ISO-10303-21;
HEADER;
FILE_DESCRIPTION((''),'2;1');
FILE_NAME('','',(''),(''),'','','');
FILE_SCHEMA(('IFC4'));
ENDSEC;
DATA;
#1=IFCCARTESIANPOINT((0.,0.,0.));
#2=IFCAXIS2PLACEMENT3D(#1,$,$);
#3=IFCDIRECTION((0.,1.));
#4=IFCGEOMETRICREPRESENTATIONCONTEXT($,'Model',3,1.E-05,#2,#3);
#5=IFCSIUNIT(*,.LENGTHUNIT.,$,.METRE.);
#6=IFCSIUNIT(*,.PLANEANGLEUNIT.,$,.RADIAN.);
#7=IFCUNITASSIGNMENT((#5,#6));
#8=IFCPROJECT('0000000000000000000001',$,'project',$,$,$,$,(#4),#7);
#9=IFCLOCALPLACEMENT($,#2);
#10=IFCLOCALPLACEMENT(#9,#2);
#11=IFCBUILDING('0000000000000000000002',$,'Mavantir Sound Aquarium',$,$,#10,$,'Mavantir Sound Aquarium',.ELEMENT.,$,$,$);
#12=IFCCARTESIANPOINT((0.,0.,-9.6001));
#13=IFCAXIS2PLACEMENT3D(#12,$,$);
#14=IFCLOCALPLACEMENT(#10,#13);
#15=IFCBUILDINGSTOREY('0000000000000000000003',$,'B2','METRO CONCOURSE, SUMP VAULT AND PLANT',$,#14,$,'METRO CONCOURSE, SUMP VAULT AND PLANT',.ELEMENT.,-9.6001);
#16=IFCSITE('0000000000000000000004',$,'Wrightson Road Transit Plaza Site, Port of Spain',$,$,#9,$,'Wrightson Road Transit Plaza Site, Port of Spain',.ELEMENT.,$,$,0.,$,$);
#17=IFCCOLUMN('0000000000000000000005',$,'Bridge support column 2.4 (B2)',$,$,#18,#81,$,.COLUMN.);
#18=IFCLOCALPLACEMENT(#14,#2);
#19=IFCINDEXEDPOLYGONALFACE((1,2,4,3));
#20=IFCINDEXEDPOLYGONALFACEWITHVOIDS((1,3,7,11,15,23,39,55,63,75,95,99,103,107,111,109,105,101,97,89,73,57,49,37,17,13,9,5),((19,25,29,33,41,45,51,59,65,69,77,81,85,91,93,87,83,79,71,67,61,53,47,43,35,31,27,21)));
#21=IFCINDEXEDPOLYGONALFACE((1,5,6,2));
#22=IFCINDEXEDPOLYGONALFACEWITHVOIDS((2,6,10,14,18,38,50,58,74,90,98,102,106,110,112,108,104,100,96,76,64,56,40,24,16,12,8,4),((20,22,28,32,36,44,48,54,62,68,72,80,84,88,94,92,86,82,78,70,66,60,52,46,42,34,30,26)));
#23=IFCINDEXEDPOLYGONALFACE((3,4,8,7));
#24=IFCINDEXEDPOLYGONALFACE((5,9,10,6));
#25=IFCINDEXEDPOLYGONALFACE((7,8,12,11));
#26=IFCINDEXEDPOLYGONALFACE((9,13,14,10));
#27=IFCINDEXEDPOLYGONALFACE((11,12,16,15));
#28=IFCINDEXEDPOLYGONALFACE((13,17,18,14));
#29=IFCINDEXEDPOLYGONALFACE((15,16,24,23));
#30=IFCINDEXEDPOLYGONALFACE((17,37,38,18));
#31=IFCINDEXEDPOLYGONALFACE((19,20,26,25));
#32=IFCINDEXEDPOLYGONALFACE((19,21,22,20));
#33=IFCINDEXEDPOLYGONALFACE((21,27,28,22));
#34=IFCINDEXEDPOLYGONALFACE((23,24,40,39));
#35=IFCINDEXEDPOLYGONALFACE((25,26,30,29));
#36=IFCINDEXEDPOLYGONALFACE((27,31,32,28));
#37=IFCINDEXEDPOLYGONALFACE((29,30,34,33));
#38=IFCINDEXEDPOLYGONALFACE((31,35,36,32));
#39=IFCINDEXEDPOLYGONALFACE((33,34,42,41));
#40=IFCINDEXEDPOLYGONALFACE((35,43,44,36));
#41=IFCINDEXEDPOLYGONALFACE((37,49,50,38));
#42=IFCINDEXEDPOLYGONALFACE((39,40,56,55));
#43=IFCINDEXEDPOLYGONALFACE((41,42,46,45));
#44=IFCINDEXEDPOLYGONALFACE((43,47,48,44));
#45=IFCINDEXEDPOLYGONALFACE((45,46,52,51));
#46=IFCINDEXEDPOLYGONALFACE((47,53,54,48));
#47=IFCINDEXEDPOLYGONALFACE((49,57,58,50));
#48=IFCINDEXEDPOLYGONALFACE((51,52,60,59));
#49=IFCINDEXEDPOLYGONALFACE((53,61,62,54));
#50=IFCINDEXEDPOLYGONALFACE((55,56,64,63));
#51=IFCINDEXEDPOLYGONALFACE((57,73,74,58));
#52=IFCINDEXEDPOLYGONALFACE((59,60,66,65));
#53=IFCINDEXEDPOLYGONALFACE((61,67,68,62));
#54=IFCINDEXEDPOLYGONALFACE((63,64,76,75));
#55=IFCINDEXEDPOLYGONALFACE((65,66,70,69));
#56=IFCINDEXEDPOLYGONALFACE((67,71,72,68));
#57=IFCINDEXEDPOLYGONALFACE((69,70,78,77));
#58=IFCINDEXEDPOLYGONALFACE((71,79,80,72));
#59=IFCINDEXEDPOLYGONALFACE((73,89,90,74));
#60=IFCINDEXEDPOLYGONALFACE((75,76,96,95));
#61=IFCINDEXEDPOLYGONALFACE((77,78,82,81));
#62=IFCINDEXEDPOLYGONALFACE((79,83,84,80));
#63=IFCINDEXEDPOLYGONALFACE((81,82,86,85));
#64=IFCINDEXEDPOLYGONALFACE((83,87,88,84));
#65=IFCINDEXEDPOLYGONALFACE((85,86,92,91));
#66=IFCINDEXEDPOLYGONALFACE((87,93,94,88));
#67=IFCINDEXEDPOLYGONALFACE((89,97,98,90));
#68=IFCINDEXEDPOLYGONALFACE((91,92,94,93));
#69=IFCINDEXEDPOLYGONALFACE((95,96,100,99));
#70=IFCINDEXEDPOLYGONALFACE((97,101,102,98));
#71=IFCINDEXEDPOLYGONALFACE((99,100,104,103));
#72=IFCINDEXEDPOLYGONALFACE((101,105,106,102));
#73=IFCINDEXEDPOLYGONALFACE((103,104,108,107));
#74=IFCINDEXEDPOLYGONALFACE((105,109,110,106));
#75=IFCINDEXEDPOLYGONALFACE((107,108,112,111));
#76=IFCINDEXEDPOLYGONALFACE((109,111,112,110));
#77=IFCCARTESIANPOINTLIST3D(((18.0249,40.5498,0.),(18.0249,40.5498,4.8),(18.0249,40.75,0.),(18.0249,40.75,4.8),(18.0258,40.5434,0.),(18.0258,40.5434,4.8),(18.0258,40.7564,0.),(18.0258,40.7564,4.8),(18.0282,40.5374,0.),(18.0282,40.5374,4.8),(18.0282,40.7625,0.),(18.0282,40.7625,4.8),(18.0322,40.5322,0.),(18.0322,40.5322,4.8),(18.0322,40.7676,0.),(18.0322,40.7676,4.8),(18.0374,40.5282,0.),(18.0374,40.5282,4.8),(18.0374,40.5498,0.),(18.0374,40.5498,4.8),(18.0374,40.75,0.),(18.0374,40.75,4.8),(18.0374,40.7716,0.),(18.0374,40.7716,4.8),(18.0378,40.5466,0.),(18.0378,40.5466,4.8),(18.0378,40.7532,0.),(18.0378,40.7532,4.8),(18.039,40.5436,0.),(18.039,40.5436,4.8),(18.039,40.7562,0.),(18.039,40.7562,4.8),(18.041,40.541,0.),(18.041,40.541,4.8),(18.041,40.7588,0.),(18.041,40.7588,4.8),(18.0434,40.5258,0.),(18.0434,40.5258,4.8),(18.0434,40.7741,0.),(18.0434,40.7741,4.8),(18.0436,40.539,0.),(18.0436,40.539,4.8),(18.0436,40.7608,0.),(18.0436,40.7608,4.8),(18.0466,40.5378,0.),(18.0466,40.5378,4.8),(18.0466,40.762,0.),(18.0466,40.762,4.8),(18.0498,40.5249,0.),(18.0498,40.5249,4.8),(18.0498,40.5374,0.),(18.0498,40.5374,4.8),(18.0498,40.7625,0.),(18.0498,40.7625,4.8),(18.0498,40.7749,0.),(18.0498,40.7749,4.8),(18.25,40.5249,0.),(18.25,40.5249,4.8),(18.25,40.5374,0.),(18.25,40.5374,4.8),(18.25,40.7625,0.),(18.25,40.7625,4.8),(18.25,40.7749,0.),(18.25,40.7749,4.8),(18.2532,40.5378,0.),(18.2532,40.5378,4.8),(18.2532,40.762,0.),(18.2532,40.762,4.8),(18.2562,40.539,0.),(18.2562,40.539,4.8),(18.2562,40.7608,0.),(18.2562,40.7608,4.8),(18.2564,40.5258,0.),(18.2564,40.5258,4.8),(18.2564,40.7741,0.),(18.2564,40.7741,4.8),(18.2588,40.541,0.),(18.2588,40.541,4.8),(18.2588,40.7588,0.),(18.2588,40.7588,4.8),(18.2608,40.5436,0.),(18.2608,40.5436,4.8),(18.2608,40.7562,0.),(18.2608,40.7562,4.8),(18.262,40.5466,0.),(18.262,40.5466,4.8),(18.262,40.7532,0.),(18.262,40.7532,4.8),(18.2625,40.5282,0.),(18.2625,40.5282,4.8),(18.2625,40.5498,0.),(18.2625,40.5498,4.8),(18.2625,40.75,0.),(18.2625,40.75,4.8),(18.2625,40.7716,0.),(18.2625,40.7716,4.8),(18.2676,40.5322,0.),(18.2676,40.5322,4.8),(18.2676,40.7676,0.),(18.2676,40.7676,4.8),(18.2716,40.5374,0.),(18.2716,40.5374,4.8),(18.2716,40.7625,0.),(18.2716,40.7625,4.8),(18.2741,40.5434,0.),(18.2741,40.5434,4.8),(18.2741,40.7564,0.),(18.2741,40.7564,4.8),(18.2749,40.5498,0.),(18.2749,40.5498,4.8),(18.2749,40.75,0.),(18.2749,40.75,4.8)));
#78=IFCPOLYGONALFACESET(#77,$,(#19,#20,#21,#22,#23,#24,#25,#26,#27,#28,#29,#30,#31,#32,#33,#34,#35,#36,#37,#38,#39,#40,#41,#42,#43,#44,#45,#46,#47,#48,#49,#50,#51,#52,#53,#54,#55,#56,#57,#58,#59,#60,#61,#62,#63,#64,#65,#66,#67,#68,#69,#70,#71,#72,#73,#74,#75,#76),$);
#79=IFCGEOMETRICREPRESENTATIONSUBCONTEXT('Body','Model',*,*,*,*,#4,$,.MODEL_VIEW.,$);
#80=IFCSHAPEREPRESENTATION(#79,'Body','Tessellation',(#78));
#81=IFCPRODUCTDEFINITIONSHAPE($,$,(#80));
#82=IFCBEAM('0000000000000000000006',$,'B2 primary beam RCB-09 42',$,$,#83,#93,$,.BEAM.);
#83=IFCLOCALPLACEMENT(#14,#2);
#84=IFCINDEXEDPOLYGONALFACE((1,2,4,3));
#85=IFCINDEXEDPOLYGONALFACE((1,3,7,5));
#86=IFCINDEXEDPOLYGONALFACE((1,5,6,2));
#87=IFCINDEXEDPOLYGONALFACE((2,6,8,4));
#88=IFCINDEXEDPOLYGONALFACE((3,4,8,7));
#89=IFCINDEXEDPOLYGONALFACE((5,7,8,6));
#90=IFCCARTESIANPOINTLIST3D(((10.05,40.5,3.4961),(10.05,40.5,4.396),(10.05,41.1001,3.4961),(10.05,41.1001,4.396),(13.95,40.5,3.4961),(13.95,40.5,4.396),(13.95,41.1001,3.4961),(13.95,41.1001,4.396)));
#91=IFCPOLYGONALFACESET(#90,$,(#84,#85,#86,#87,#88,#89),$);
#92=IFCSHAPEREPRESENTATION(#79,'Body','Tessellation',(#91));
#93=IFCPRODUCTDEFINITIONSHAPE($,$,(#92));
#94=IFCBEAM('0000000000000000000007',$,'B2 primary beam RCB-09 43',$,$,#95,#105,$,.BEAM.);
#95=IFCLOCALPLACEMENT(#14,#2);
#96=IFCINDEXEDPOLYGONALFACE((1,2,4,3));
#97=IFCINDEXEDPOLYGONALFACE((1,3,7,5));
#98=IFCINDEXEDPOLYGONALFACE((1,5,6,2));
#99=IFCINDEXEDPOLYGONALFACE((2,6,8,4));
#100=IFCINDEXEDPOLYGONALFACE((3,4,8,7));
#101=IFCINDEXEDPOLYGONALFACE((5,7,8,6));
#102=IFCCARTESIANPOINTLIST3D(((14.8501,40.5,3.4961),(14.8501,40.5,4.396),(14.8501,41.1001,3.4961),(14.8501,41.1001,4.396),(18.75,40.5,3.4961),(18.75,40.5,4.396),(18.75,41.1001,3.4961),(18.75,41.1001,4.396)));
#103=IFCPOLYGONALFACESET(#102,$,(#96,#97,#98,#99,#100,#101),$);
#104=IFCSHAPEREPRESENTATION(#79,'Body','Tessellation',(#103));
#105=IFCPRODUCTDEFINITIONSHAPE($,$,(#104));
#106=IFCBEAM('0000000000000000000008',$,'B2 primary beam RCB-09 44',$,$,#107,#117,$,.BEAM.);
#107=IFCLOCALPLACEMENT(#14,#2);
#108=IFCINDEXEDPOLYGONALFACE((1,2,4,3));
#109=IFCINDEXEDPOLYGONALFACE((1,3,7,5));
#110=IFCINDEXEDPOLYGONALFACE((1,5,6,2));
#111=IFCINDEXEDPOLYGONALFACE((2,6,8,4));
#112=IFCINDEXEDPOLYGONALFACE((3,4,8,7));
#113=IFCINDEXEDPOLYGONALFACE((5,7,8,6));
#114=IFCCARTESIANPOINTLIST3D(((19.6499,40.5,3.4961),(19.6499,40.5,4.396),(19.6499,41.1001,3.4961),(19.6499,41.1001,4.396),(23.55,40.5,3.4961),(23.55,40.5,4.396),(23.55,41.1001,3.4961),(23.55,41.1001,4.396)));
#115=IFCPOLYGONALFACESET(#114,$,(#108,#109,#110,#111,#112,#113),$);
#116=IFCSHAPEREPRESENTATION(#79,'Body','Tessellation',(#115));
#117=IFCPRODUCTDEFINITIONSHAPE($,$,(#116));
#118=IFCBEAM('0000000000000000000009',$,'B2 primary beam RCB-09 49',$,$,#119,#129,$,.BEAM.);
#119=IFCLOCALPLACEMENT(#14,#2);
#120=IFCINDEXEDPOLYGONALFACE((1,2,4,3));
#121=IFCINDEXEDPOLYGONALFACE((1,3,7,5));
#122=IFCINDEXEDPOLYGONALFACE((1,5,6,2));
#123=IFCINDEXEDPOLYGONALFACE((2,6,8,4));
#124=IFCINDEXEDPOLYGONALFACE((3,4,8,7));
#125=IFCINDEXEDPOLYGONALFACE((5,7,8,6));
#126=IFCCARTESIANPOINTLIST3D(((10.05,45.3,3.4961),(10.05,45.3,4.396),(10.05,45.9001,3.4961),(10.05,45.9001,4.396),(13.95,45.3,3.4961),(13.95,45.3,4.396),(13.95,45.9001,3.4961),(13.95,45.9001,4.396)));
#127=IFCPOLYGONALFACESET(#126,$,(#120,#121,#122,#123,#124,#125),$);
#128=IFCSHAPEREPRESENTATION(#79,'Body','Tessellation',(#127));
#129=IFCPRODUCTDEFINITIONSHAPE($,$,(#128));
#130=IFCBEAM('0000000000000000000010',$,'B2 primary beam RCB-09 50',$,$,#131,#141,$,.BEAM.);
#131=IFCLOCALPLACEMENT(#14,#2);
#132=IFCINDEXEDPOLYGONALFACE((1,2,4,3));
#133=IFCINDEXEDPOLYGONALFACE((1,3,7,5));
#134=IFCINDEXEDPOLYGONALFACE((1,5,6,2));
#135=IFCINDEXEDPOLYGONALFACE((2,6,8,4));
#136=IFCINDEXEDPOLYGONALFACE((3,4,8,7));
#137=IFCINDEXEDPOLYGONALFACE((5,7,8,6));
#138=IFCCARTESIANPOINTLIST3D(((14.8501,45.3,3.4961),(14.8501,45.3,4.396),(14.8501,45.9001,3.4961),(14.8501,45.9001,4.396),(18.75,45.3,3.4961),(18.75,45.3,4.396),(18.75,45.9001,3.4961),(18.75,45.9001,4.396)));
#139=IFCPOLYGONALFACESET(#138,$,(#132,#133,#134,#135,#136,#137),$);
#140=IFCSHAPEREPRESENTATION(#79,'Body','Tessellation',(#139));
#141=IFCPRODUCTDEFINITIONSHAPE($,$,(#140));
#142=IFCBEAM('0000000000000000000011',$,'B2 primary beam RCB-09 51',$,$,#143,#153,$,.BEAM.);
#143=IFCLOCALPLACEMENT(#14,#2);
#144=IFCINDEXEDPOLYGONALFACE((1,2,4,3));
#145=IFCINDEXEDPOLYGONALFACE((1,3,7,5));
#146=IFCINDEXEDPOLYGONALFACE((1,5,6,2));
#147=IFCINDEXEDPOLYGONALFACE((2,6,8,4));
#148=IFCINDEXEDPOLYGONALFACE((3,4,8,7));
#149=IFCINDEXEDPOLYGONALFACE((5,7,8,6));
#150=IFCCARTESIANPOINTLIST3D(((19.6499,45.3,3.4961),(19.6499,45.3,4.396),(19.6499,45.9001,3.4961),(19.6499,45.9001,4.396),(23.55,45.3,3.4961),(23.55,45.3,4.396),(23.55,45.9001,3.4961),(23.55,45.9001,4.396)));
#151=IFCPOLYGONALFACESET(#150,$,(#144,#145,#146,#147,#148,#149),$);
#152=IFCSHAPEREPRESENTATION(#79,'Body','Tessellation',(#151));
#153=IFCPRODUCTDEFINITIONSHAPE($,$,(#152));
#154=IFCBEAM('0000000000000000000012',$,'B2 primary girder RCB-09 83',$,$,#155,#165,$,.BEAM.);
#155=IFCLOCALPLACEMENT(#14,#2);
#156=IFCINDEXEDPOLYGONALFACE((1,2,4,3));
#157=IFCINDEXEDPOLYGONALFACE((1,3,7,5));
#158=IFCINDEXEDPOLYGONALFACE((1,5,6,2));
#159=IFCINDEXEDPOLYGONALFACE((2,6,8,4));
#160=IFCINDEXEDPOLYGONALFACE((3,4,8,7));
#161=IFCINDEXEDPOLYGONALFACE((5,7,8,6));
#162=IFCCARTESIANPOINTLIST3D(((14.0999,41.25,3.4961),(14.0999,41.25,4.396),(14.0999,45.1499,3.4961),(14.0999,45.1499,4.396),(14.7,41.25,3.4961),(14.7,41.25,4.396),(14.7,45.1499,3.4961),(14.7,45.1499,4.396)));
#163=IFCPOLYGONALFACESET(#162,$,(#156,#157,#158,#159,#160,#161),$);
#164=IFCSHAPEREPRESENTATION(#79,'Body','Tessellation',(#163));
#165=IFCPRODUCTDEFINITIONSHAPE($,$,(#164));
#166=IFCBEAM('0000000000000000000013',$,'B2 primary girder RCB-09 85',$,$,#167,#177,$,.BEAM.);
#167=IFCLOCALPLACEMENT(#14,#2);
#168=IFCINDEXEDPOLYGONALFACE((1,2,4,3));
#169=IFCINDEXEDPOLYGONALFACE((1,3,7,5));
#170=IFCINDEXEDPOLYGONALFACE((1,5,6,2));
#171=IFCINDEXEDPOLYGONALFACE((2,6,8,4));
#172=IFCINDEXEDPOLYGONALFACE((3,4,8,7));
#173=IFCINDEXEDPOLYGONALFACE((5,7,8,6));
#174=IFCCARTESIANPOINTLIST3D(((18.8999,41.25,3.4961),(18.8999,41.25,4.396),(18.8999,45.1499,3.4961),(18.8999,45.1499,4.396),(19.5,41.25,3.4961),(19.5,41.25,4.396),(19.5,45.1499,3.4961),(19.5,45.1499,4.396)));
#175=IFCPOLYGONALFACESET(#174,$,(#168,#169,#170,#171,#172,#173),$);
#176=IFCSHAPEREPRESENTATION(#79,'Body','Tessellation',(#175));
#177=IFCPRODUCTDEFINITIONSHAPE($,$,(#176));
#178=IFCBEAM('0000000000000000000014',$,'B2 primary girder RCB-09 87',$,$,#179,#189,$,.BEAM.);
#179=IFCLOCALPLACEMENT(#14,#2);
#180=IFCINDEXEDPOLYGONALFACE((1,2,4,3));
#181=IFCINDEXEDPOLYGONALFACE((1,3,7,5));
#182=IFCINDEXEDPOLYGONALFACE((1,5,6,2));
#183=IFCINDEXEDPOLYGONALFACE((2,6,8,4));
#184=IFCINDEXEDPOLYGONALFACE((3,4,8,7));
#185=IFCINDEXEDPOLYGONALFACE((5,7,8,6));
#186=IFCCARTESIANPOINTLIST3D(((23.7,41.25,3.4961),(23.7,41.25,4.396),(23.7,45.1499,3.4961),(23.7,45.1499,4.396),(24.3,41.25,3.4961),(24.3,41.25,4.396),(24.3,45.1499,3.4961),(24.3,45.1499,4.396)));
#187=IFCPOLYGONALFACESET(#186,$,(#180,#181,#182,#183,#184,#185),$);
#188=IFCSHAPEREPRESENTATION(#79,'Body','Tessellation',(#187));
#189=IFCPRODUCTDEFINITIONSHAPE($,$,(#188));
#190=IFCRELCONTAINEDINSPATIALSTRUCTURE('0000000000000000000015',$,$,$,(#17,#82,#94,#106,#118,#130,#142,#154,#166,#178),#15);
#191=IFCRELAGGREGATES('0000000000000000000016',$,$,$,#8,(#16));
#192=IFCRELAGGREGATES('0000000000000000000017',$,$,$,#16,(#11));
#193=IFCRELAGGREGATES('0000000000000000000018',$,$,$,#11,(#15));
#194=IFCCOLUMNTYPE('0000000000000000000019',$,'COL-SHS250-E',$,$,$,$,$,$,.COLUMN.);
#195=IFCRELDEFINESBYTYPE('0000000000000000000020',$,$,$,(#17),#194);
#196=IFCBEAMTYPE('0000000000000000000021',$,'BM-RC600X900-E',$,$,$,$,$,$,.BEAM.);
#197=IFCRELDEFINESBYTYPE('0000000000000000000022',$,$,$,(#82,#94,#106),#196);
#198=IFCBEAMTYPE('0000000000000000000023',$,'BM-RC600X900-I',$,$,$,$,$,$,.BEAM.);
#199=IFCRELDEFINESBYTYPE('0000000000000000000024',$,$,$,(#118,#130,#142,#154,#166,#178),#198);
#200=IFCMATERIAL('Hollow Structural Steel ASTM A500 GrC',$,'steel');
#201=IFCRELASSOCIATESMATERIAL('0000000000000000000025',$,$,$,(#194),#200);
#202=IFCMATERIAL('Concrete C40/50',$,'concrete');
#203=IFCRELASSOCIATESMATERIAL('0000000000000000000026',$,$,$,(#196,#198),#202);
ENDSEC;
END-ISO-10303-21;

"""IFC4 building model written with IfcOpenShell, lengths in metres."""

from ifc_helpers import new_model, si_unit, direction, frame, origin, origin_2d, place, context, subcontext, project, spatial, rectangle, hollow_rectangle, extrude, material, material_profile, profile_set, type_object, element, save


model = new_model("IFC4")

# Units and contexts
model_context = context("Model", 3, precision=1e-05, world=origin(), true_north=direction((0.0, 1.0)))
body_context = subcontext(model_context, "Body", "Model", "MODEL_VIEW")
ifc_project = project(units=[si_unit("LENGTHUNIT", "METRE"), si_unit("PLANEANGLEUNIT", "RADIAN")], contexts=[model_context])

# Site, building, storey
site_placement = place(None, origin())
site = spatial("IfcSite", under=ifc_project, at=site_placement, Name="Wrightson Road Transit Plaza Site, Port of Spain", LongName="Wrightson Road Transit Plaza Site, Port of Spain", CompositionType="ELEMENT", RefElevation=0.0)
building_placement = place(site_placement, origin())
building = spatial("IfcBuilding", under=site, at=building_placement, Name="Mavantir Sound Aquarium", LongName="Mavantir Sound Aquarium", CompositionType="ELEMENT")
storey_placement = place(building_placement, frame((0.0, 0.0, -9.6001)))
storey = spatial("IfcBuildingStorey", under=building, at=storey_placement, Name="B2", Description="METRO CONCOURSE, SUMP VAULT AND PLANT", LongName="METRO CONCOURSE, SUMP VAULT AND PLANT", CompositionType="ELEMENT", Elevation=-9.6001)

# Shared definitions
ifc_material_1 = material(Name="Concrete C40/50", Category="concrete")

# Column
ifc_material_2 = material(Name="Hollow Structural Steel ASTM A500 GrC", Category="steel")
ifc_material_profile_1 = material_profile(ifc_material_2, hollow_rectangle(XDim=0.25, YDim=0.25, WallThickness=0.0125, InnerFilletRadius=0.0125, OuterFilletRadius=0.0249, at=origin_2d()), Name="SHS 250X250X12.5")
ifc_profile_set_1 = profile_set([ifc_material_profile_1], Name="Hollow Structural Steel ASTM A500 GrC")
column_type_1 = type_object("IfcColumnType", Name="COL-SHS250-E", PredefinedType="COLUMN", material=ifc_profile_set_1)
column_placement = place(storey_placement, frame((18.1499, 40.6499, 0.0), z_axis=(0.0, 0.0, 1.0), x_axis=(1.0, 0.0, 0.0)))
element("IfcColumn", 1, at=column_placement, inside=storey, type_object=column_type_1, Name="Bridge support column 2.4 (B2)", PredefinedType="COLUMN", context=body_context, shape_type="SweptSolid", body=[
    extrude(hollow_rectangle(XDim=0.25, YDim=0.25, WallThickness=0.0125, InnerFilletRadius=0.0125, OuterFilletRadius=0.0249, at=origin_2d()), origin(), (0.0, 0.0, 1.0), 4.8),
])

# Beams
ifc_material_profile_2 = material_profile(ifc_material_1, rectangle(XDim=0.6001, YDim=0.8999, at=origin_2d()), Name="RC 600X900")
ifc_profile_set_2 = profile_set([ifc_material_profile_2], Name="Concrete C40/50")
beam_type_1 = type_object("IfcBeamType", Name="BM-RC600X900-E", PredefinedType="BEAM", material=ifc_profile_set_2)
for number, where, z_axis, x_axis, name in (
    (2, (10.05, 40.8, 3.946), (1.0, 0.0, 0.0), (0.0, 1.0, 0.0), "B2 primary beam RCB-09 42"),
    (3, (14.8501, 40.8, 3.946), (1.0, 0.0, 0.0), (0.0, 1.0, 0.0), "B2 primary beam RCB-09 43"),
):
    element("IfcBeam", number, at=place(storey_placement, frame(where, z_axis=z_axis, x_axis=x_axis)), inside=storey, type_object=beam_type_1, Name=name, PredefinedType="BEAM", context=body_context, shape_type="SweptSolid", body=[
        extrude(rectangle(XDim=0.6001, YDim=0.8999, at=origin_2d()), origin(), (0.0, 0.0, 1.0), 3.8999),
    ])
beam_1_placement = place(storey_placement, frame((19.6499, 40.8, 3.946), z_axis=(1.0, 0.0, 0.0), x_axis=(0.0, 1.0, 0.0)))
element("IfcBeam", 4, at=beam_1_placement, inside=storey, type_object=beam_type_1, Name="B2 primary beam RCB-09 44", PredefinedType="BEAM", context=body_context, shape_type="SweptSolid", body=[
    extrude(rectangle(XDim=0.6001, YDim=0.8999, at=origin_2d()), origin(), (0.0, 0.0, 1.0), 3.9001),
])
ifc_material_profile_3 = material_profile(ifc_material_1, rectangle(XDim=0.6001, YDim=0.8999, at=origin_2d()), Name="RC 600X900")
ifc_profile_set_3 = profile_set([ifc_material_profile_3], Name="Concrete C40/50")
beam_type_2 = type_object("IfcBeamType", Name="BM-RC600X900-I", PredefinedType="BEAM", material=ifc_profile_set_3)
for number, where, z_axis, x_axis, name in (
    (5, (10.05, 45.6001, 3.946), (1.0, 0.0, 0.0), (0.0, 1.0, 0.0), "B2 primary beam RCB-09 49"),
    (6, (14.8501, 45.6001, 3.946), (1.0, 0.0, 0.0), (0.0, 1.0, 0.0), "B2 primary beam RCB-09 50"),
):
    element("IfcBeam", number, at=place(storey_placement, frame(where, z_axis=z_axis, x_axis=x_axis)), inside=storey, type_object=beam_type_2, Name=name, PredefinedType="BEAM", context=body_context, shape_type="SweptSolid", body=[
        extrude(rectangle(XDim=0.6001, YDim=0.8999, at=origin_2d()), origin(), (0.0, 0.0, 1.0), 3.8999),
    ])
beam_2_placement = place(storey_placement, frame((19.6499, 45.6001, 3.946), z_axis=(1.0, 0.0, 0.0), x_axis=(0.0, 1.0, 0.0)))
element("IfcBeam", 7, at=beam_2_placement, inside=storey, type_object=beam_type_2, Name="B2 primary beam RCB-09 51", PredefinedType="BEAM", context=body_context, shape_type="SweptSolid", body=[
    extrude(rectangle(XDim=0.6001, YDim=0.8999, at=origin_2d()), origin(), (0.0, 0.0, 1.0), 3.9001),
])
for number, where, z_axis, x_axis, name in (
    (8, (14.3999, 41.25, 3.946), (0.0, 1.0, 0.0), (-1.0, 0.0, 0.0), "B2 primary girder RCB-09 83"),
    (9, (19.2, 41.25, 3.946), (0.0, 1.0, 0.0), (-1.0, 0.0, 0.0), "B2 primary girder RCB-09 85"),
    (10, (24.0, 41.25, 3.946), (0.0, 1.0, 0.0), (-1.0, 0.0, 0.0), "B2 primary girder RCB-09 87"),
):
    element("IfcBeam", number, at=place(storey_placement, frame(where, z_axis=z_axis, x_axis=x_axis)), inside=storey, type_object=beam_type_2, Name=name, PredefinedType="BEAM", context=body_context, shape_type="SweptSolid", body=[
        extrude(rectangle(XDim=0.6001, YDim=0.8999, at=origin_2d()), origin(), (0.0, 0.0, 1.0), 3.8999),
    ])

save(model, "model.ifc")
